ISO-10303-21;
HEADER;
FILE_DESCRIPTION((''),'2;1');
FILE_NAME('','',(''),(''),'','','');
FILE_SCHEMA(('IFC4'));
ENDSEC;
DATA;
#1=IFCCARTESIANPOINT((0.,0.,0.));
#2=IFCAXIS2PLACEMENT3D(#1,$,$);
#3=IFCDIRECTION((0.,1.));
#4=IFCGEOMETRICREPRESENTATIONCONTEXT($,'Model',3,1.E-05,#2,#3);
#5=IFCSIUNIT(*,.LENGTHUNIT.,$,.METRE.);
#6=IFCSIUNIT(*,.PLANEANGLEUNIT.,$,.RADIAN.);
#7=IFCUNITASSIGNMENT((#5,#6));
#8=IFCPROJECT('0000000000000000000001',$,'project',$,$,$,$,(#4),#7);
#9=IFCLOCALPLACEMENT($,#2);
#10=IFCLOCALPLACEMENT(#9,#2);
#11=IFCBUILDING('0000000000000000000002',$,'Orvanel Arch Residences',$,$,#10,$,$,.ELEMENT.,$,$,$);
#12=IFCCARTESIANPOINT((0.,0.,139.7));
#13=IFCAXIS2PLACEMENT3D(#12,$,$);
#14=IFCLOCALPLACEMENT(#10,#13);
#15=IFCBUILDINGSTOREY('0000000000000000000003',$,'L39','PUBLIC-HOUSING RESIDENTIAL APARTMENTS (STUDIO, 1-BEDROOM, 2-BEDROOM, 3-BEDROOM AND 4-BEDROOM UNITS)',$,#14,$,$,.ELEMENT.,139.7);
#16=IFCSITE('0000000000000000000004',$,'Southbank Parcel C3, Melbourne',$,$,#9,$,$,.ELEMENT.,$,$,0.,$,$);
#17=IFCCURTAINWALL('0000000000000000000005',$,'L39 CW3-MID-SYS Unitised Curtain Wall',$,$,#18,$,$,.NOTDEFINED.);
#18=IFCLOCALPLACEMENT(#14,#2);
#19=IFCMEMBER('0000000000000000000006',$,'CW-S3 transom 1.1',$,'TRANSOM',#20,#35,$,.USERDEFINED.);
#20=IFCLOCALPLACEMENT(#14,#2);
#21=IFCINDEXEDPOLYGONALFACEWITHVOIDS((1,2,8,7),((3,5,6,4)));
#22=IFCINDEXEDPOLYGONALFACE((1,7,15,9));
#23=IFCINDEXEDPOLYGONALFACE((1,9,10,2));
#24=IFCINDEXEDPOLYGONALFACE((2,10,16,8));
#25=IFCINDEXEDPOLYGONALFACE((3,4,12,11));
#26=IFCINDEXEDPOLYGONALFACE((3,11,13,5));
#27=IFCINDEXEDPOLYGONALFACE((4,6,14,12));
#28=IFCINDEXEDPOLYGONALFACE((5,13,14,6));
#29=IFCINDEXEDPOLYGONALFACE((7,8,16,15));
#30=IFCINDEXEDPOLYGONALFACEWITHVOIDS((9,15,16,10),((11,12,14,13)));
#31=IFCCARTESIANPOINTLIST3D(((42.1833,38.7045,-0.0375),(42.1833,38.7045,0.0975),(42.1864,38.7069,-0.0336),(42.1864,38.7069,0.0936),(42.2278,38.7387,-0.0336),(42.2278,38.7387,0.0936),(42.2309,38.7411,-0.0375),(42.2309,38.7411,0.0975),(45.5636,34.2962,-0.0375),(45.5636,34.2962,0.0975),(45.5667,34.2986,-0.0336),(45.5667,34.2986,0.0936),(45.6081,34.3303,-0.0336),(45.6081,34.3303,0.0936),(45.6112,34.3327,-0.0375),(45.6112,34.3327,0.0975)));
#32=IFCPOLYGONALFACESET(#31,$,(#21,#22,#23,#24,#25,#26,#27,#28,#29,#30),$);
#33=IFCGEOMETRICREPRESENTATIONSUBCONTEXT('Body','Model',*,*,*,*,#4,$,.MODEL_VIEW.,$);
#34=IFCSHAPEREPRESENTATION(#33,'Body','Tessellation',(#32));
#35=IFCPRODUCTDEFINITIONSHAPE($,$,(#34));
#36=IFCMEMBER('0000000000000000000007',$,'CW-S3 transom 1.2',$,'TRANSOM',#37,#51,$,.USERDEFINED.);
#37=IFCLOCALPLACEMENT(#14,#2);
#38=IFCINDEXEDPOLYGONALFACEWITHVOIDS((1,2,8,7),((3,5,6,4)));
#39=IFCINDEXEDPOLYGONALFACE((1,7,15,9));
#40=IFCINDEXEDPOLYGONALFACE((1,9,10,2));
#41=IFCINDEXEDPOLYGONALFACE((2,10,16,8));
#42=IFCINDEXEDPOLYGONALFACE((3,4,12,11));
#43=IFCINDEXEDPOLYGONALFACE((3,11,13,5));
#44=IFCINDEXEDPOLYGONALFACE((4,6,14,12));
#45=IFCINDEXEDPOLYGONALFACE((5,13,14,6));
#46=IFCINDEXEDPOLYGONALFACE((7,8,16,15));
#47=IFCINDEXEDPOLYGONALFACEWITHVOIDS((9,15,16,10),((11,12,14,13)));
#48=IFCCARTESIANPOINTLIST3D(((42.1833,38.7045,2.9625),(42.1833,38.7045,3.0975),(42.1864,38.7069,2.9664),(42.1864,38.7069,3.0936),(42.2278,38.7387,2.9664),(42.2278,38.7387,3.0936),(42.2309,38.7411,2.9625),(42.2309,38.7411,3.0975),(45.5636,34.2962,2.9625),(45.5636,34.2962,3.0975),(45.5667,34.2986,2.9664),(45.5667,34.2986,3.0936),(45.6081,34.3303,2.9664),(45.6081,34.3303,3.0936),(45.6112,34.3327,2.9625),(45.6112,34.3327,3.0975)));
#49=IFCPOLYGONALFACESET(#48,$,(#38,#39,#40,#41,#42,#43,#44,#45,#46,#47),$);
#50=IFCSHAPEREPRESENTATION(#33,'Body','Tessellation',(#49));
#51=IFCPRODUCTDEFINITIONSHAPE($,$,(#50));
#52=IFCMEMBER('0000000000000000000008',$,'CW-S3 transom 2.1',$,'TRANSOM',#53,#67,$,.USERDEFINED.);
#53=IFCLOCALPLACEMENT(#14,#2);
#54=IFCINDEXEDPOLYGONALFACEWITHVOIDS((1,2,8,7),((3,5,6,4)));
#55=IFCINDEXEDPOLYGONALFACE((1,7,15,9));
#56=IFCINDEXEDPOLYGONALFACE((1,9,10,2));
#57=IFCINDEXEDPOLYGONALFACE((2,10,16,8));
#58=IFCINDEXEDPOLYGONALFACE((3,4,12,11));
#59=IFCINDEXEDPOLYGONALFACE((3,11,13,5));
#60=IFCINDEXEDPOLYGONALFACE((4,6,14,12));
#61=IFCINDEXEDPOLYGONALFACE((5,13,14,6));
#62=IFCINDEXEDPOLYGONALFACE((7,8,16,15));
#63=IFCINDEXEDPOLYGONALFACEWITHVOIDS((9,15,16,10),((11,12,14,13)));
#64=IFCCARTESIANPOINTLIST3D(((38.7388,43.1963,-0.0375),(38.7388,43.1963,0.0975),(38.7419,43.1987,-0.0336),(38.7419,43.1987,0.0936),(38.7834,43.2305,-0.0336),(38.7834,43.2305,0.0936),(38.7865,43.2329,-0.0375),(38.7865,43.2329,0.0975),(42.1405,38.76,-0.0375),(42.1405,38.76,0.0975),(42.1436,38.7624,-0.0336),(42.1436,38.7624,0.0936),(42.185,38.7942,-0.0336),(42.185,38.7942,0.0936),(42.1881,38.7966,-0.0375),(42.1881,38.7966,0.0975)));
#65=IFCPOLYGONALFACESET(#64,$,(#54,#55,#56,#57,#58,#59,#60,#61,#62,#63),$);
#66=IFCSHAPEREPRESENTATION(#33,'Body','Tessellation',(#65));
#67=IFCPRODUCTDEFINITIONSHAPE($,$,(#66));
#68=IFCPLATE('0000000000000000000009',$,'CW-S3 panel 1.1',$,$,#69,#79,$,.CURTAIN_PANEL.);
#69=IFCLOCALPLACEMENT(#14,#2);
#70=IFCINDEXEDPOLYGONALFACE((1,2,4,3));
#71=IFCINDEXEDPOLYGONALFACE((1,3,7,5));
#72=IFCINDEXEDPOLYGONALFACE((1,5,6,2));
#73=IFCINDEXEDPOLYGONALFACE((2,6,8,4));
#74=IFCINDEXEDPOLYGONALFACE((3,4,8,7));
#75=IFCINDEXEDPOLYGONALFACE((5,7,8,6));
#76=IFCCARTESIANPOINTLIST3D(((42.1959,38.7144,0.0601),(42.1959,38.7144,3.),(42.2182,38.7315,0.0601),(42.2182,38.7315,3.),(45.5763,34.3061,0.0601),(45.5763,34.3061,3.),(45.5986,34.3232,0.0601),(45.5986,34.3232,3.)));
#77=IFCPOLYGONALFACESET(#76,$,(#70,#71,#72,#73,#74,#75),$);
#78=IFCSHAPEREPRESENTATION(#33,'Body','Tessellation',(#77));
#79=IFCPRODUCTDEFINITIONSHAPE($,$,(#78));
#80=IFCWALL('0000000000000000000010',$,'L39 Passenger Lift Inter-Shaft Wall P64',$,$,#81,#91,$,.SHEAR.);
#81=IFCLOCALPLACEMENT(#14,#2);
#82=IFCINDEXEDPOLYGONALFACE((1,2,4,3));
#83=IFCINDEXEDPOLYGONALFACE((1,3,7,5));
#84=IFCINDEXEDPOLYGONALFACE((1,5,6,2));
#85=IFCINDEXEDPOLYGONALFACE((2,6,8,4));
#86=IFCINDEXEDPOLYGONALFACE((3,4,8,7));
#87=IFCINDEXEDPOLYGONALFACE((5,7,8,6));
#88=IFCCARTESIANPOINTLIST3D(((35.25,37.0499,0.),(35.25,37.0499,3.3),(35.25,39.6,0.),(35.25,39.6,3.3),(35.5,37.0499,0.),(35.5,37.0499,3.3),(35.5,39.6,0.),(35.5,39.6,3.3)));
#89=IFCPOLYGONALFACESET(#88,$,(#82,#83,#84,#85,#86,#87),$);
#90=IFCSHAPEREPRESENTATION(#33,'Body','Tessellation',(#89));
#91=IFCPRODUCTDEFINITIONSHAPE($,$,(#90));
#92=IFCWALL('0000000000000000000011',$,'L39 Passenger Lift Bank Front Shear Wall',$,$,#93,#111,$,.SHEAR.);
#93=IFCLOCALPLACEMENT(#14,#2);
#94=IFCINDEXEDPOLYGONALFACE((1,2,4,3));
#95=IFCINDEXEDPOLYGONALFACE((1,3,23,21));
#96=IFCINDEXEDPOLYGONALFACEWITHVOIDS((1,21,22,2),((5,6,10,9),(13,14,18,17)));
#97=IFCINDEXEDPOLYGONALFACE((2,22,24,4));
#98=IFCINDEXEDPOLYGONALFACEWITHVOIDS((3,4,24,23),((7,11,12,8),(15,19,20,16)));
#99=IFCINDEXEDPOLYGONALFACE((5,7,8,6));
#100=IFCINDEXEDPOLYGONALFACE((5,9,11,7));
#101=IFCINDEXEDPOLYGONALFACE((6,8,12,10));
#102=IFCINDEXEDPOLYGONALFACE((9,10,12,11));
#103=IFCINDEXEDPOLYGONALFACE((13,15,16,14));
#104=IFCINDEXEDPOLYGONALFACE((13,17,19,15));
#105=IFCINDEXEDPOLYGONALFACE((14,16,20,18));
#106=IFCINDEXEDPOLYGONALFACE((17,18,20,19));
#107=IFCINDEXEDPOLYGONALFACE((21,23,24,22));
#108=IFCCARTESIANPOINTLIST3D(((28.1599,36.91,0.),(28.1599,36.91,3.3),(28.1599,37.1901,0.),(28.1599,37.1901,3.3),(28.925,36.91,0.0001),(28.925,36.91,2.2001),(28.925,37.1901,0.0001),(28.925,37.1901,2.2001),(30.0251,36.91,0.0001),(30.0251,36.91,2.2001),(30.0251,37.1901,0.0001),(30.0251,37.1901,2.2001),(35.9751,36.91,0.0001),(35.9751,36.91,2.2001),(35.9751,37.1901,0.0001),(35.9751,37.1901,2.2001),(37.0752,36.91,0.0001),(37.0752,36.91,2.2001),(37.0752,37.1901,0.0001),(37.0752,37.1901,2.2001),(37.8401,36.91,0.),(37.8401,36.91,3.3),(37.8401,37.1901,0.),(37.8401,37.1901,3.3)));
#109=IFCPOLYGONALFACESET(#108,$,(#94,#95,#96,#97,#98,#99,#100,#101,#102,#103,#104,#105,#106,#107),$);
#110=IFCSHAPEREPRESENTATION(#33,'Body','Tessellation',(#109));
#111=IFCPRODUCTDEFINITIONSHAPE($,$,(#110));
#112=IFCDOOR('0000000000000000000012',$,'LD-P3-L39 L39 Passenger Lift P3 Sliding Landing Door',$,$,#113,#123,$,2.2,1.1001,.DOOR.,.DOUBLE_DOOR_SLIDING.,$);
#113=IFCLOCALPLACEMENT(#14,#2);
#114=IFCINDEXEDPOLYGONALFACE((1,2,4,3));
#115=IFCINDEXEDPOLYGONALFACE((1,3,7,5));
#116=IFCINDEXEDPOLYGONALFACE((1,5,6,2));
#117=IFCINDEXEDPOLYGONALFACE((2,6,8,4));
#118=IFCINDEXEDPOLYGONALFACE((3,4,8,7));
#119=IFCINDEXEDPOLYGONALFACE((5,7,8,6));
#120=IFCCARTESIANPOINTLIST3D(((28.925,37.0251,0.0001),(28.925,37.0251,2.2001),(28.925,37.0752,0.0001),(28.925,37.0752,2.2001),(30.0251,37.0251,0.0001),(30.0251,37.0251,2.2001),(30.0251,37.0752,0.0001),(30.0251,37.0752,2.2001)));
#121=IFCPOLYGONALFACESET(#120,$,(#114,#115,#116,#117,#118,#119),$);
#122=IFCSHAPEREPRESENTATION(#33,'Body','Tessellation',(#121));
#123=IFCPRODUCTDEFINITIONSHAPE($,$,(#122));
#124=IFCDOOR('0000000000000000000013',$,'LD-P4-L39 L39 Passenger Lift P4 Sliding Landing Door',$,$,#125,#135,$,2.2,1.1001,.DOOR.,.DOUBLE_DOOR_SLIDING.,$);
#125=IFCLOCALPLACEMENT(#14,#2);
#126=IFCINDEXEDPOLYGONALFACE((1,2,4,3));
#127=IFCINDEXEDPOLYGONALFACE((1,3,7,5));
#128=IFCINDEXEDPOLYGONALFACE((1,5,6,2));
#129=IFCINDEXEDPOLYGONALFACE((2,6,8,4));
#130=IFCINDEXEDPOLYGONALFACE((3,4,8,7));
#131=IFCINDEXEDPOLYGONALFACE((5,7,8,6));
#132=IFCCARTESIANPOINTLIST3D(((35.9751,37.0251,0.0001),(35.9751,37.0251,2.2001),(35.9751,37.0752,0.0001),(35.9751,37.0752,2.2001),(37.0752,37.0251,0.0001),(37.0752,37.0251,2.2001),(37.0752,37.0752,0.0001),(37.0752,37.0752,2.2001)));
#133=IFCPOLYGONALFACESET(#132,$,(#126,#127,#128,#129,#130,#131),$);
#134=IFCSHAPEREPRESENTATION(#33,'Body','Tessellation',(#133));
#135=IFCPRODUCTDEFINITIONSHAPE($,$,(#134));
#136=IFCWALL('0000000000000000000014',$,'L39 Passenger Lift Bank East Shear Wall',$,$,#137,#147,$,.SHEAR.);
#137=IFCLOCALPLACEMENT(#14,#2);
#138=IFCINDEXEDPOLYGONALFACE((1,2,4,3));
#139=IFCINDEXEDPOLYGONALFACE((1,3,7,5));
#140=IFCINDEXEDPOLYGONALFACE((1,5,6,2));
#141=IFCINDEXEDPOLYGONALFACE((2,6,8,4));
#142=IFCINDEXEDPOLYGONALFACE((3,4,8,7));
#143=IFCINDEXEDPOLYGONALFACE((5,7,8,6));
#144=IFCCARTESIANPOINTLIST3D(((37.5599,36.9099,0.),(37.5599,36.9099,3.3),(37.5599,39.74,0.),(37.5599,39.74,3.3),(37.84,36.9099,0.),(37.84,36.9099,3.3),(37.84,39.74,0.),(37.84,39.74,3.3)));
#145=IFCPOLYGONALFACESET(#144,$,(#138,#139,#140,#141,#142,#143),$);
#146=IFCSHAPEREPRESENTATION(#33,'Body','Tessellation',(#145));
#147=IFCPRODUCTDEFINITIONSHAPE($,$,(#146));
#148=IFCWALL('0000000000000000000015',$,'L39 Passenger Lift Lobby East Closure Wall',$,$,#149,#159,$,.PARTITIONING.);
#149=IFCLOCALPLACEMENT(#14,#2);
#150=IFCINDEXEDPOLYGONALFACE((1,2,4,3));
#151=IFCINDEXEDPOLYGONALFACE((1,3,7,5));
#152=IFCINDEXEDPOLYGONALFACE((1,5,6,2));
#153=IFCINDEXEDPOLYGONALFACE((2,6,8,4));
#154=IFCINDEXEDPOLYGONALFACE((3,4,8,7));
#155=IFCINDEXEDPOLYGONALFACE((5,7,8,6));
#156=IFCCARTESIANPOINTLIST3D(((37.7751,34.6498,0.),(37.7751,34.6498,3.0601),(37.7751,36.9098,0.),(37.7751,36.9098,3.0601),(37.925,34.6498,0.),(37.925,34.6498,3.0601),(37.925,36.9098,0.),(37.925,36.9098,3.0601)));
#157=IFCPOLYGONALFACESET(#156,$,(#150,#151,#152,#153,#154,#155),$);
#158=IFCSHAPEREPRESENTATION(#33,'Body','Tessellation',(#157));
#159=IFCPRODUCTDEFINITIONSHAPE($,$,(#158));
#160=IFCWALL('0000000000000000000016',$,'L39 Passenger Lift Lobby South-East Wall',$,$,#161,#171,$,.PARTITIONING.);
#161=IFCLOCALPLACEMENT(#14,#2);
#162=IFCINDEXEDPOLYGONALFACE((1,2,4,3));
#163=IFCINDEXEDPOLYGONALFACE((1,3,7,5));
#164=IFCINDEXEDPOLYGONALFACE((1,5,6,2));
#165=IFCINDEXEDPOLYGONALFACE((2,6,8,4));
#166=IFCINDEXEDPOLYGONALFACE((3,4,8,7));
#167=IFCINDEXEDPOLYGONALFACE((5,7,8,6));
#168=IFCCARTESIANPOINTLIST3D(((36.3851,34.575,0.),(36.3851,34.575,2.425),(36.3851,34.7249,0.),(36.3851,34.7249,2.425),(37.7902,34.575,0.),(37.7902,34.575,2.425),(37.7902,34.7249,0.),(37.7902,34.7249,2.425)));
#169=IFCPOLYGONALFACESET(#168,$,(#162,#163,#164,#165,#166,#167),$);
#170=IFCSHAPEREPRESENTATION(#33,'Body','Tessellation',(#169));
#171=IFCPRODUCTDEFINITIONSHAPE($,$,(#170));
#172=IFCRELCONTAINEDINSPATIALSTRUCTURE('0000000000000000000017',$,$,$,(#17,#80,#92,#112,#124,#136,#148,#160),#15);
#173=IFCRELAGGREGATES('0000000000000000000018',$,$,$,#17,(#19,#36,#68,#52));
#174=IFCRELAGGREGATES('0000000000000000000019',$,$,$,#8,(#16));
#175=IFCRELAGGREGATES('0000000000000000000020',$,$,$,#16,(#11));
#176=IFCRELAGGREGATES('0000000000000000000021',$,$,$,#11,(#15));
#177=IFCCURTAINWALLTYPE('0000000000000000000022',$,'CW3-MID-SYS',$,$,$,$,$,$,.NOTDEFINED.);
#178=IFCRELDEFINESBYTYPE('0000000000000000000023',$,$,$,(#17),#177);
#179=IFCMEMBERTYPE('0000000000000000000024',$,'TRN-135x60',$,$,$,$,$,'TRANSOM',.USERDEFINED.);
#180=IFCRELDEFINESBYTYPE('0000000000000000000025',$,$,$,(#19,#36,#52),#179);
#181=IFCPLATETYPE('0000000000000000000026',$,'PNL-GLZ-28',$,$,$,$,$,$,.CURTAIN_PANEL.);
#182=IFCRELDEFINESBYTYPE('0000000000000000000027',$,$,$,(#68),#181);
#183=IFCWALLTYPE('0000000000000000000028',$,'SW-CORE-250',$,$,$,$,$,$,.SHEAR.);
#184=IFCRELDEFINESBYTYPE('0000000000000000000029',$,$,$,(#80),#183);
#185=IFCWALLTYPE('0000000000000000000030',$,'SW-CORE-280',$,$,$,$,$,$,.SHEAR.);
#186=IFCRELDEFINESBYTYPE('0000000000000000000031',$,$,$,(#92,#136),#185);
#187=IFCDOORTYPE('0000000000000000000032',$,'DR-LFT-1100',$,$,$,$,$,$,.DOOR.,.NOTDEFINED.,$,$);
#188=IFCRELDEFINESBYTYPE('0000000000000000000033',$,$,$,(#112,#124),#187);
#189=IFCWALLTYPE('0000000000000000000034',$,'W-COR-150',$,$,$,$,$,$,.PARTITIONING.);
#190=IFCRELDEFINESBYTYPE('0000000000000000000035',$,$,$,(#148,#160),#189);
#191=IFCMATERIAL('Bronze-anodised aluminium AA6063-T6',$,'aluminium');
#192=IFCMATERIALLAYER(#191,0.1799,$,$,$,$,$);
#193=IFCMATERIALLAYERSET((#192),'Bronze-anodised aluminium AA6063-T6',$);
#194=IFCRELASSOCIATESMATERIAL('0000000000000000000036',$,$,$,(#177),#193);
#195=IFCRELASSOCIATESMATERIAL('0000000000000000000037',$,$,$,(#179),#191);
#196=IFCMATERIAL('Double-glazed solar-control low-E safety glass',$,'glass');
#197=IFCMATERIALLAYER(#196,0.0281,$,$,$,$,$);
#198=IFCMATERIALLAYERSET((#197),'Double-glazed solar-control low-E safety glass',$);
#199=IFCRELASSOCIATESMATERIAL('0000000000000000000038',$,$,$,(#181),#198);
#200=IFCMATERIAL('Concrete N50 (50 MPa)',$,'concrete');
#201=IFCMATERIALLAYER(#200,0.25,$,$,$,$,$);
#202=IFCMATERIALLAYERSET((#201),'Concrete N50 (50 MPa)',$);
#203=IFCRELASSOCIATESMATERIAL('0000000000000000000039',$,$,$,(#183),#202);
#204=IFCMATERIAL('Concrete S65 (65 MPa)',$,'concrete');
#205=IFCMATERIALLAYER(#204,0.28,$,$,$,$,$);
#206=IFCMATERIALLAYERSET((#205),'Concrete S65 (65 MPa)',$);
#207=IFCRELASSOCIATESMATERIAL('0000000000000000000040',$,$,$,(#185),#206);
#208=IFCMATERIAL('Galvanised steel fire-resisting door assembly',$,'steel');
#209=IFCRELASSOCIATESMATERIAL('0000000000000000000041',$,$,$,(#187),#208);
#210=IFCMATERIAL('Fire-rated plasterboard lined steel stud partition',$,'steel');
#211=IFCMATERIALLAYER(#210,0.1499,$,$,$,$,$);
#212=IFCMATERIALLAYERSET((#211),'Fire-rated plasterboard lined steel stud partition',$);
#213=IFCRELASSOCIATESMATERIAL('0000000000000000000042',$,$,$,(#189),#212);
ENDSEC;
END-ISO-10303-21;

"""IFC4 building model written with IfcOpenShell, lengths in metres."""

from ifc_helpers import new_model, si_unit, direction, frame, frame_2d, origin, origin_2d, place, context, subcontext, project, spatial, rectangle, hollow_rectangle, extrude, material, layer, layer_set, material_profile, profile_set, type_object, element, fill, aggregate, save


model = new_model("IFC4")

# Units and contexts
model_context = context("Model", 3, precision=1e-05, world=origin(), true_north=direction((0.0, 1.0)))
body_context = subcontext(model_context, "Body", "Model", "MODEL_VIEW")
ifc_project = project(units=[si_unit("LENGTHUNIT", "METRE"), si_unit("PLANEANGLEUNIT", "RADIAN")], contexts=[model_context])

# Site, building, storey
site_placement = place(None, origin())
site = spatial("IfcSite", under=ifc_project, at=site_placement, Name="Southbank Parcel C3, Melbourne", CompositionType="ELEMENT", RefElevation=0.0)
building_placement = place(site_placement, origin())
building = spatial("IfcBuilding", under=site, at=building_placement, Name="Orvanel Arch Residences", CompositionType="ELEMENT")
storey_placement = place(building_placement, frame((0.0, 0.0, 139.7)))
storey = spatial("IfcBuildingStorey", under=building, at=storey_placement, Name="L39", Description="PUBLIC-HOUSING RESIDENTIAL APARTMENTS (STUDIO, 1-BEDROOM, 2-BEDROOM, 3-BEDROOM AND 4-BEDROOM UNITS)", CompositionType="ELEMENT", Elevation=139.7)

# Shared definitions
ifc_material_1 = material(Name="Concrete S65 (65 MPa)", Category="concrete")

# Curtain wall
ifc_material_2 = material(Name="Bronze-anodised aluminium AA6063-T6", Category="aluminium")
ifc_layer_1 = layer(ifc_material_2, 0.1799)
ifc_layer_set_1 = layer_set([ifc_layer_1], Name="Bronze-anodised aluminium AA6063-T6")
curtain_wall_type = type_object("IfcCurtainWallType", Name="CW3-MID-SYS", PredefinedType="NOTDEFINED", material=ifc_layer_set_1)
curtain_wall_placement = place(storey_placement, origin())
curtain_wall = element("IfcCurtainWall", 1, at=curtain_wall_placement, inside=storey, type_object=curtain_wall_type, Name="L39 CW3-MID-SYS Unitised Curtain Wall", PredefinedType="NOTDEFINED")

# Members
ifc_material_profile_1 = material_profile(ifc_material_2, hollow_rectangle(XDim=0.0601, YDim=0.135, WallThickness=0.0039, at=origin_2d()), Name="ALU135x60x4")
ifc_profile_set_1 = profile_set([ifc_material_profile_1], Name="Bronze-anodised aluminium AA6063-T6")
member_type_1 = type_object("IfcMemberType", Name="TRN-135x60", ElementType="TRANSOM", PredefinedType="USERDEFINED", material=ifc_profile_set_1)
member_1_placement = place(storey_placement, frame((45.5874, 34.3145, 0.03), z_axis=(-0.608495, 0.793558, 0.0), x_axis=(-0.793558, -0.608495, 0.0)))
member_1 = element("IfcMember", 2, at=member_1_placement, type_object=member_type_1, Name="CW-S3 transom 1.1", ObjectType="TRANSOM", PredefinedType="USERDEFINED", context=body_context, shape_type="SweptSolid", body=[
    extrude(hollow_rectangle(XDim=0.0601, YDim=0.135, WallThickness=0.0039, at=origin_2d()), origin(), (0.0, 0.0, 1.0), 5.5552),
])
member_2_placement = place(storey_placement, frame((45.5874, 34.3145, 3.03), z_axis=(-0.608495, 0.793558, 0.0), x_axis=(-0.793558, -0.608495, 0.0)))
member_2 = element("IfcMember", 3, at=member_2_placement, type_object=member_type_1, Name="CW-S3 transom 1.2", ObjectType="TRANSOM", PredefinedType="USERDEFINED", context=body_context, shape_type="SweptSolid", body=[
    extrude(hollow_rectangle(XDim=0.0601, YDim=0.135, WallThickness=0.0039, at=origin_2d()), origin(), (0.0, 0.0, 1.0), 5.5552),
])
member_3_placement = place(storey_placement, frame((42.1643, 38.7783, 0.03), z_axis=(-0.608484, 0.793566, 0.0), x_axis=(-0.793566, -0.608484, 0.0)))
member_3 = element("IfcMember", 4, at=member_3_placement, type_object=member_type_1, Name="CW-S3 transom 2.1", ObjectType="TRANSOM", PredefinedType="USERDEFINED", context=body_context, shape_type="SweptSolid", body=[
    extrude(hollow_rectangle(XDim=0.0601, YDim=0.135, WallThickness=0.0039, at=origin_2d()), origin(), (0.0, 0.0, 1.0), 5.5903),
])

# Plate
ifc_material_3 = material(Name="Double-glazed solar-control low-E safety glass", Category="glass")
ifc_layer_2 = layer(ifc_material_3, 0.0281)
ifc_layer_set_2 = layer_set([ifc_layer_2], Name="Double-glazed solar-control low-E safety glass")
plate_type = type_object("IfcPlateType", Name="PNL-GLZ-28", PredefinedType="CURTAIN_PANEL", material=ifc_layer_set_2)
plate_placement = place(storey_placement, frame((43.8972, 36.5188, 0.0601), z_axis=(0.0, 0.0, 1.0), x_axis=(-0.608512, 0.793545, 0.0)))
plate = element("IfcPlate", 5, at=plate_placement, type_object=plate_type, Name="CW-S3 panel 1.1", PredefinedType="CURTAIN_PANEL", context=body_context, shape_type="SweptSolid", body=[
    extrude(rectangle(XDim=5.5552, YDim=0.0281, at=origin_2d()), origin(), (0.0, 0.0, 1.0), 2.9399),
])
aggregate(curtain_wall, [member_1, member_2, plate, member_3])

# Wall
ifc_material_4 = material(Name="Concrete N50 (50 MPa)", Category="concrete")
ifc_layer_3 = layer(ifc_material_4, 0.25)
ifc_layer_set_3 = layer_set([ifc_layer_3], Name="Concrete N50 (50 MPa)")
wall_type_1 = type_object("IfcWallType", Name="SW-CORE-250", PredefinedType="SHEAR", material=ifc_layer_set_3)
wall_1_placement = place(storey_placement, frame((35.375, 37.05, 0.0), z_axis=(0.0, 0.0, 1.0), x_axis=(0.0, 1.0, 0.0)))
element("IfcWall", 6, at=wall_1_placement, inside=storey, type_object=wall_type_1, Name="L39 Passenger Lift Inter-Shaft Wall P64", PredefinedType="SHEAR", context=body_context, shape_type="SweptSolid", body=[
    extrude(rectangle(XDim=2.55, YDim=0.25, at=frame_2d((1.2749, 0.0))), origin(), (0.0, 0.0, 1.0), 3.3),
])

# Wall, openings, doors
ifc_layer_4 = layer(ifc_material_1, 0.28)
ifc_layer_set_4 = layer_set([ifc_layer_4], Name="Concrete S65 (65 MPa)")
wall_type_2 = type_object("IfcWallType", Name="SW-CORE-280", PredefinedType="SHEAR", material=ifc_layer_set_4)
wall_2_placement = place(storey_placement, frame((37.8401, 37.05, 0.0), z_axis=(0.0, 0.0, 1.0), x_axis=(-1.0, 0.0, 0.0)))
wall_2 = element("IfcWall", 7, at=wall_2_placement, inside=storey, type_object=wall_type_2, Name="L39 Passenger Lift Bank Front Shear Wall", PredefinedType="SHEAR", context=body_context, shape_type="SweptSolid", body=[
    extrude(rectangle(XDim=9.6802, YDim=0.28, at=frame_2d((4.8401, 0.0))), origin(), (0.0, 0.0, 1.0), 3.3),
])
opening_1_placement = place(wall_2_placement, frame((7.8149, 0.0, 0.0)))
opening_1 = element("IfcOpeningElement", 8, at=opening_1_placement, cuts=wall_2, PredefinedType="OPENING", context=body_context, shape_type="SweptSolid", body=[
    extrude(rectangle(XDim=1.1001, YDim=2.2, at=frame_2d((0.55, 1.1001))), frame((0.0, 0.1499, 0.0), z_axis=(0.0, -1.0, 0.0), x_axis=(1.0, 0.0, 0.0)), (0.0, 0.0, 1.0), 0.3),
])
opening_2_placement = place(wall_2_placement, frame((0.7649, 0.0, 0.0)))
opening_2 = element("IfcOpeningElement", 9, at=opening_2_placement, cuts=wall_2, PredefinedType="OPENING", context=body_context, shape_type="SweptSolid", body=[
    extrude(rectangle(XDim=1.1001, YDim=2.2, at=frame_2d((0.55, 1.1001))), frame((0.0, 0.1499, 0.0), z_axis=(0.0, -1.0, 0.0), x_axis=(1.0, 0.0, 0.0)), (0.0, 0.0, 1.0), 0.3),
])
ifc_material_5 = material(Name="Galvanised steel fire-resisting door assembly", Category="steel")
door_type = type_object("IfcDoorType", Name="DR-LFT-1100", OperationType="NOTDEFINED", PredefinedType="DOOR", material=ifc_material_5)
door_1_placement = place(opening_1_placement, origin())
door_1 = element("IfcDoor", 10, at=door_1_placement, inside=storey, type_object=door_type, Name="LD-P3-L39 L39 Passenger Lift P3 Sliding Landing Door", OperationType="DOUBLE_DOOR_SLIDING", OverallHeight=2.2, OverallWidth=1.1001, PredefinedType="DOOR", context=body_context, shape_type="SweptSolid", body=[
    extrude(rectangle(XDim=1.1001, YDim=2.2, at=frame_2d((0.55, 1.1001))), frame((0.0, 0.0249, 0.0), z_axis=(0.0, -1.0, 0.0), x_axis=(1.0, 0.0, 0.0)), (0.0, 0.0, 1.0), 0.05),
])
fill(opening_1, door_1)
door_2_placement = place(opening_2_placement, origin())
door_2 = element("IfcDoor", 11, at=door_2_placement, inside=storey, type_object=door_type, Name="LD-P4-L39 L39 Passenger Lift P4 Sliding Landing Door", OperationType="DOUBLE_DOOR_SLIDING", OverallHeight=2.2, OverallWidth=1.1001, PredefinedType="DOOR", context=body_context, shape_type="SweptSolid", body=[
    extrude(rectangle(XDim=1.1001, YDim=2.2, at=frame_2d((0.55, 1.1001))), frame((0.0, 0.0249, 0.0), z_axis=(0.0, -1.0, 0.0), x_axis=(1.0, 0.0, 0.0)), (0.0, 0.0, 1.0), 0.05),
])
fill(opening_2, door_2)

# Walls
wall_3_placement = place(storey_placement, frame((37.7, 36.9099, 0.0), z_axis=(0.0, 0.0, 1.0), x_axis=(0.0, 1.0, 0.0)))
element("IfcWall", 12, at=wall_3_placement, inside=storey, type_object=wall_type_2, Name="L39 Passenger Lift Bank East Shear Wall", PredefinedType="SHEAR", context=body_context, shape_type="SweptSolid", body=[
    extrude(rectangle(XDim=2.8301, YDim=0.28, at=frame_2d((1.415, 0.0))), origin(), (0.0, 0.0, 1.0), 3.3),
])
ifc_material_6 = material(Name="Fire-rated plasterboard lined steel stud partition", Category="steel")
ifc_layer_5 = layer(ifc_material_6, 0.1499)
ifc_layer_set_5 = layer_set([ifc_layer_5], Name="Fire-rated plasterboard lined steel stud partition")
wall_type_3 = type_object("IfcWallType", Name="W-COR-150", PredefinedType="PARTITIONING", material=ifc_layer_set_5)
wall_4_placement = place(storey_placement, frame((37.8501, 34.6499, 0.0), z_axis=(0.0, 0.0, 1.0), x_axis=(0.0, 1.0, 0.0)))
element("IfcWall", 13, at=wall_4_placement, inside=storey, type_object=wall_type_3, Name="L39 Passenger Lift Lobby East Closure Wall", PredefinedType="PARTITIONING", context=body_context, shape_type="SweptSolid", body=[
    extrude(rectangle(XDim=2.26, YDim=0.1499, at=frame_2d((1.1299, 0.0))), origin(), (0.0, 0.0, 1.0), 3.0601),
])
wall_5_placement = place(storey_placement, frame((36.385, 34.6499, 0.0), z_axis=(0.0, 0.0, 1.0), x_axis=(1.0, 0.0, 0.0)))
element("IfcWall", 14, at=wall_5_placement, inside=storey, type_object=wall_type_3, Name="L39 Passenger Lift Lobby South-East Wall", PredefinedType="PARTITIONING", context=body_context, shape_type="SweptSolid", body=[
    extrude(rectangle(XDim=1.405, YDim=0.1499, at=frame_2d((0.7026, 0.0))), origin(), (0.0, 0.0, 1.0), 2.425),
])

save(model, "model.ifc")
